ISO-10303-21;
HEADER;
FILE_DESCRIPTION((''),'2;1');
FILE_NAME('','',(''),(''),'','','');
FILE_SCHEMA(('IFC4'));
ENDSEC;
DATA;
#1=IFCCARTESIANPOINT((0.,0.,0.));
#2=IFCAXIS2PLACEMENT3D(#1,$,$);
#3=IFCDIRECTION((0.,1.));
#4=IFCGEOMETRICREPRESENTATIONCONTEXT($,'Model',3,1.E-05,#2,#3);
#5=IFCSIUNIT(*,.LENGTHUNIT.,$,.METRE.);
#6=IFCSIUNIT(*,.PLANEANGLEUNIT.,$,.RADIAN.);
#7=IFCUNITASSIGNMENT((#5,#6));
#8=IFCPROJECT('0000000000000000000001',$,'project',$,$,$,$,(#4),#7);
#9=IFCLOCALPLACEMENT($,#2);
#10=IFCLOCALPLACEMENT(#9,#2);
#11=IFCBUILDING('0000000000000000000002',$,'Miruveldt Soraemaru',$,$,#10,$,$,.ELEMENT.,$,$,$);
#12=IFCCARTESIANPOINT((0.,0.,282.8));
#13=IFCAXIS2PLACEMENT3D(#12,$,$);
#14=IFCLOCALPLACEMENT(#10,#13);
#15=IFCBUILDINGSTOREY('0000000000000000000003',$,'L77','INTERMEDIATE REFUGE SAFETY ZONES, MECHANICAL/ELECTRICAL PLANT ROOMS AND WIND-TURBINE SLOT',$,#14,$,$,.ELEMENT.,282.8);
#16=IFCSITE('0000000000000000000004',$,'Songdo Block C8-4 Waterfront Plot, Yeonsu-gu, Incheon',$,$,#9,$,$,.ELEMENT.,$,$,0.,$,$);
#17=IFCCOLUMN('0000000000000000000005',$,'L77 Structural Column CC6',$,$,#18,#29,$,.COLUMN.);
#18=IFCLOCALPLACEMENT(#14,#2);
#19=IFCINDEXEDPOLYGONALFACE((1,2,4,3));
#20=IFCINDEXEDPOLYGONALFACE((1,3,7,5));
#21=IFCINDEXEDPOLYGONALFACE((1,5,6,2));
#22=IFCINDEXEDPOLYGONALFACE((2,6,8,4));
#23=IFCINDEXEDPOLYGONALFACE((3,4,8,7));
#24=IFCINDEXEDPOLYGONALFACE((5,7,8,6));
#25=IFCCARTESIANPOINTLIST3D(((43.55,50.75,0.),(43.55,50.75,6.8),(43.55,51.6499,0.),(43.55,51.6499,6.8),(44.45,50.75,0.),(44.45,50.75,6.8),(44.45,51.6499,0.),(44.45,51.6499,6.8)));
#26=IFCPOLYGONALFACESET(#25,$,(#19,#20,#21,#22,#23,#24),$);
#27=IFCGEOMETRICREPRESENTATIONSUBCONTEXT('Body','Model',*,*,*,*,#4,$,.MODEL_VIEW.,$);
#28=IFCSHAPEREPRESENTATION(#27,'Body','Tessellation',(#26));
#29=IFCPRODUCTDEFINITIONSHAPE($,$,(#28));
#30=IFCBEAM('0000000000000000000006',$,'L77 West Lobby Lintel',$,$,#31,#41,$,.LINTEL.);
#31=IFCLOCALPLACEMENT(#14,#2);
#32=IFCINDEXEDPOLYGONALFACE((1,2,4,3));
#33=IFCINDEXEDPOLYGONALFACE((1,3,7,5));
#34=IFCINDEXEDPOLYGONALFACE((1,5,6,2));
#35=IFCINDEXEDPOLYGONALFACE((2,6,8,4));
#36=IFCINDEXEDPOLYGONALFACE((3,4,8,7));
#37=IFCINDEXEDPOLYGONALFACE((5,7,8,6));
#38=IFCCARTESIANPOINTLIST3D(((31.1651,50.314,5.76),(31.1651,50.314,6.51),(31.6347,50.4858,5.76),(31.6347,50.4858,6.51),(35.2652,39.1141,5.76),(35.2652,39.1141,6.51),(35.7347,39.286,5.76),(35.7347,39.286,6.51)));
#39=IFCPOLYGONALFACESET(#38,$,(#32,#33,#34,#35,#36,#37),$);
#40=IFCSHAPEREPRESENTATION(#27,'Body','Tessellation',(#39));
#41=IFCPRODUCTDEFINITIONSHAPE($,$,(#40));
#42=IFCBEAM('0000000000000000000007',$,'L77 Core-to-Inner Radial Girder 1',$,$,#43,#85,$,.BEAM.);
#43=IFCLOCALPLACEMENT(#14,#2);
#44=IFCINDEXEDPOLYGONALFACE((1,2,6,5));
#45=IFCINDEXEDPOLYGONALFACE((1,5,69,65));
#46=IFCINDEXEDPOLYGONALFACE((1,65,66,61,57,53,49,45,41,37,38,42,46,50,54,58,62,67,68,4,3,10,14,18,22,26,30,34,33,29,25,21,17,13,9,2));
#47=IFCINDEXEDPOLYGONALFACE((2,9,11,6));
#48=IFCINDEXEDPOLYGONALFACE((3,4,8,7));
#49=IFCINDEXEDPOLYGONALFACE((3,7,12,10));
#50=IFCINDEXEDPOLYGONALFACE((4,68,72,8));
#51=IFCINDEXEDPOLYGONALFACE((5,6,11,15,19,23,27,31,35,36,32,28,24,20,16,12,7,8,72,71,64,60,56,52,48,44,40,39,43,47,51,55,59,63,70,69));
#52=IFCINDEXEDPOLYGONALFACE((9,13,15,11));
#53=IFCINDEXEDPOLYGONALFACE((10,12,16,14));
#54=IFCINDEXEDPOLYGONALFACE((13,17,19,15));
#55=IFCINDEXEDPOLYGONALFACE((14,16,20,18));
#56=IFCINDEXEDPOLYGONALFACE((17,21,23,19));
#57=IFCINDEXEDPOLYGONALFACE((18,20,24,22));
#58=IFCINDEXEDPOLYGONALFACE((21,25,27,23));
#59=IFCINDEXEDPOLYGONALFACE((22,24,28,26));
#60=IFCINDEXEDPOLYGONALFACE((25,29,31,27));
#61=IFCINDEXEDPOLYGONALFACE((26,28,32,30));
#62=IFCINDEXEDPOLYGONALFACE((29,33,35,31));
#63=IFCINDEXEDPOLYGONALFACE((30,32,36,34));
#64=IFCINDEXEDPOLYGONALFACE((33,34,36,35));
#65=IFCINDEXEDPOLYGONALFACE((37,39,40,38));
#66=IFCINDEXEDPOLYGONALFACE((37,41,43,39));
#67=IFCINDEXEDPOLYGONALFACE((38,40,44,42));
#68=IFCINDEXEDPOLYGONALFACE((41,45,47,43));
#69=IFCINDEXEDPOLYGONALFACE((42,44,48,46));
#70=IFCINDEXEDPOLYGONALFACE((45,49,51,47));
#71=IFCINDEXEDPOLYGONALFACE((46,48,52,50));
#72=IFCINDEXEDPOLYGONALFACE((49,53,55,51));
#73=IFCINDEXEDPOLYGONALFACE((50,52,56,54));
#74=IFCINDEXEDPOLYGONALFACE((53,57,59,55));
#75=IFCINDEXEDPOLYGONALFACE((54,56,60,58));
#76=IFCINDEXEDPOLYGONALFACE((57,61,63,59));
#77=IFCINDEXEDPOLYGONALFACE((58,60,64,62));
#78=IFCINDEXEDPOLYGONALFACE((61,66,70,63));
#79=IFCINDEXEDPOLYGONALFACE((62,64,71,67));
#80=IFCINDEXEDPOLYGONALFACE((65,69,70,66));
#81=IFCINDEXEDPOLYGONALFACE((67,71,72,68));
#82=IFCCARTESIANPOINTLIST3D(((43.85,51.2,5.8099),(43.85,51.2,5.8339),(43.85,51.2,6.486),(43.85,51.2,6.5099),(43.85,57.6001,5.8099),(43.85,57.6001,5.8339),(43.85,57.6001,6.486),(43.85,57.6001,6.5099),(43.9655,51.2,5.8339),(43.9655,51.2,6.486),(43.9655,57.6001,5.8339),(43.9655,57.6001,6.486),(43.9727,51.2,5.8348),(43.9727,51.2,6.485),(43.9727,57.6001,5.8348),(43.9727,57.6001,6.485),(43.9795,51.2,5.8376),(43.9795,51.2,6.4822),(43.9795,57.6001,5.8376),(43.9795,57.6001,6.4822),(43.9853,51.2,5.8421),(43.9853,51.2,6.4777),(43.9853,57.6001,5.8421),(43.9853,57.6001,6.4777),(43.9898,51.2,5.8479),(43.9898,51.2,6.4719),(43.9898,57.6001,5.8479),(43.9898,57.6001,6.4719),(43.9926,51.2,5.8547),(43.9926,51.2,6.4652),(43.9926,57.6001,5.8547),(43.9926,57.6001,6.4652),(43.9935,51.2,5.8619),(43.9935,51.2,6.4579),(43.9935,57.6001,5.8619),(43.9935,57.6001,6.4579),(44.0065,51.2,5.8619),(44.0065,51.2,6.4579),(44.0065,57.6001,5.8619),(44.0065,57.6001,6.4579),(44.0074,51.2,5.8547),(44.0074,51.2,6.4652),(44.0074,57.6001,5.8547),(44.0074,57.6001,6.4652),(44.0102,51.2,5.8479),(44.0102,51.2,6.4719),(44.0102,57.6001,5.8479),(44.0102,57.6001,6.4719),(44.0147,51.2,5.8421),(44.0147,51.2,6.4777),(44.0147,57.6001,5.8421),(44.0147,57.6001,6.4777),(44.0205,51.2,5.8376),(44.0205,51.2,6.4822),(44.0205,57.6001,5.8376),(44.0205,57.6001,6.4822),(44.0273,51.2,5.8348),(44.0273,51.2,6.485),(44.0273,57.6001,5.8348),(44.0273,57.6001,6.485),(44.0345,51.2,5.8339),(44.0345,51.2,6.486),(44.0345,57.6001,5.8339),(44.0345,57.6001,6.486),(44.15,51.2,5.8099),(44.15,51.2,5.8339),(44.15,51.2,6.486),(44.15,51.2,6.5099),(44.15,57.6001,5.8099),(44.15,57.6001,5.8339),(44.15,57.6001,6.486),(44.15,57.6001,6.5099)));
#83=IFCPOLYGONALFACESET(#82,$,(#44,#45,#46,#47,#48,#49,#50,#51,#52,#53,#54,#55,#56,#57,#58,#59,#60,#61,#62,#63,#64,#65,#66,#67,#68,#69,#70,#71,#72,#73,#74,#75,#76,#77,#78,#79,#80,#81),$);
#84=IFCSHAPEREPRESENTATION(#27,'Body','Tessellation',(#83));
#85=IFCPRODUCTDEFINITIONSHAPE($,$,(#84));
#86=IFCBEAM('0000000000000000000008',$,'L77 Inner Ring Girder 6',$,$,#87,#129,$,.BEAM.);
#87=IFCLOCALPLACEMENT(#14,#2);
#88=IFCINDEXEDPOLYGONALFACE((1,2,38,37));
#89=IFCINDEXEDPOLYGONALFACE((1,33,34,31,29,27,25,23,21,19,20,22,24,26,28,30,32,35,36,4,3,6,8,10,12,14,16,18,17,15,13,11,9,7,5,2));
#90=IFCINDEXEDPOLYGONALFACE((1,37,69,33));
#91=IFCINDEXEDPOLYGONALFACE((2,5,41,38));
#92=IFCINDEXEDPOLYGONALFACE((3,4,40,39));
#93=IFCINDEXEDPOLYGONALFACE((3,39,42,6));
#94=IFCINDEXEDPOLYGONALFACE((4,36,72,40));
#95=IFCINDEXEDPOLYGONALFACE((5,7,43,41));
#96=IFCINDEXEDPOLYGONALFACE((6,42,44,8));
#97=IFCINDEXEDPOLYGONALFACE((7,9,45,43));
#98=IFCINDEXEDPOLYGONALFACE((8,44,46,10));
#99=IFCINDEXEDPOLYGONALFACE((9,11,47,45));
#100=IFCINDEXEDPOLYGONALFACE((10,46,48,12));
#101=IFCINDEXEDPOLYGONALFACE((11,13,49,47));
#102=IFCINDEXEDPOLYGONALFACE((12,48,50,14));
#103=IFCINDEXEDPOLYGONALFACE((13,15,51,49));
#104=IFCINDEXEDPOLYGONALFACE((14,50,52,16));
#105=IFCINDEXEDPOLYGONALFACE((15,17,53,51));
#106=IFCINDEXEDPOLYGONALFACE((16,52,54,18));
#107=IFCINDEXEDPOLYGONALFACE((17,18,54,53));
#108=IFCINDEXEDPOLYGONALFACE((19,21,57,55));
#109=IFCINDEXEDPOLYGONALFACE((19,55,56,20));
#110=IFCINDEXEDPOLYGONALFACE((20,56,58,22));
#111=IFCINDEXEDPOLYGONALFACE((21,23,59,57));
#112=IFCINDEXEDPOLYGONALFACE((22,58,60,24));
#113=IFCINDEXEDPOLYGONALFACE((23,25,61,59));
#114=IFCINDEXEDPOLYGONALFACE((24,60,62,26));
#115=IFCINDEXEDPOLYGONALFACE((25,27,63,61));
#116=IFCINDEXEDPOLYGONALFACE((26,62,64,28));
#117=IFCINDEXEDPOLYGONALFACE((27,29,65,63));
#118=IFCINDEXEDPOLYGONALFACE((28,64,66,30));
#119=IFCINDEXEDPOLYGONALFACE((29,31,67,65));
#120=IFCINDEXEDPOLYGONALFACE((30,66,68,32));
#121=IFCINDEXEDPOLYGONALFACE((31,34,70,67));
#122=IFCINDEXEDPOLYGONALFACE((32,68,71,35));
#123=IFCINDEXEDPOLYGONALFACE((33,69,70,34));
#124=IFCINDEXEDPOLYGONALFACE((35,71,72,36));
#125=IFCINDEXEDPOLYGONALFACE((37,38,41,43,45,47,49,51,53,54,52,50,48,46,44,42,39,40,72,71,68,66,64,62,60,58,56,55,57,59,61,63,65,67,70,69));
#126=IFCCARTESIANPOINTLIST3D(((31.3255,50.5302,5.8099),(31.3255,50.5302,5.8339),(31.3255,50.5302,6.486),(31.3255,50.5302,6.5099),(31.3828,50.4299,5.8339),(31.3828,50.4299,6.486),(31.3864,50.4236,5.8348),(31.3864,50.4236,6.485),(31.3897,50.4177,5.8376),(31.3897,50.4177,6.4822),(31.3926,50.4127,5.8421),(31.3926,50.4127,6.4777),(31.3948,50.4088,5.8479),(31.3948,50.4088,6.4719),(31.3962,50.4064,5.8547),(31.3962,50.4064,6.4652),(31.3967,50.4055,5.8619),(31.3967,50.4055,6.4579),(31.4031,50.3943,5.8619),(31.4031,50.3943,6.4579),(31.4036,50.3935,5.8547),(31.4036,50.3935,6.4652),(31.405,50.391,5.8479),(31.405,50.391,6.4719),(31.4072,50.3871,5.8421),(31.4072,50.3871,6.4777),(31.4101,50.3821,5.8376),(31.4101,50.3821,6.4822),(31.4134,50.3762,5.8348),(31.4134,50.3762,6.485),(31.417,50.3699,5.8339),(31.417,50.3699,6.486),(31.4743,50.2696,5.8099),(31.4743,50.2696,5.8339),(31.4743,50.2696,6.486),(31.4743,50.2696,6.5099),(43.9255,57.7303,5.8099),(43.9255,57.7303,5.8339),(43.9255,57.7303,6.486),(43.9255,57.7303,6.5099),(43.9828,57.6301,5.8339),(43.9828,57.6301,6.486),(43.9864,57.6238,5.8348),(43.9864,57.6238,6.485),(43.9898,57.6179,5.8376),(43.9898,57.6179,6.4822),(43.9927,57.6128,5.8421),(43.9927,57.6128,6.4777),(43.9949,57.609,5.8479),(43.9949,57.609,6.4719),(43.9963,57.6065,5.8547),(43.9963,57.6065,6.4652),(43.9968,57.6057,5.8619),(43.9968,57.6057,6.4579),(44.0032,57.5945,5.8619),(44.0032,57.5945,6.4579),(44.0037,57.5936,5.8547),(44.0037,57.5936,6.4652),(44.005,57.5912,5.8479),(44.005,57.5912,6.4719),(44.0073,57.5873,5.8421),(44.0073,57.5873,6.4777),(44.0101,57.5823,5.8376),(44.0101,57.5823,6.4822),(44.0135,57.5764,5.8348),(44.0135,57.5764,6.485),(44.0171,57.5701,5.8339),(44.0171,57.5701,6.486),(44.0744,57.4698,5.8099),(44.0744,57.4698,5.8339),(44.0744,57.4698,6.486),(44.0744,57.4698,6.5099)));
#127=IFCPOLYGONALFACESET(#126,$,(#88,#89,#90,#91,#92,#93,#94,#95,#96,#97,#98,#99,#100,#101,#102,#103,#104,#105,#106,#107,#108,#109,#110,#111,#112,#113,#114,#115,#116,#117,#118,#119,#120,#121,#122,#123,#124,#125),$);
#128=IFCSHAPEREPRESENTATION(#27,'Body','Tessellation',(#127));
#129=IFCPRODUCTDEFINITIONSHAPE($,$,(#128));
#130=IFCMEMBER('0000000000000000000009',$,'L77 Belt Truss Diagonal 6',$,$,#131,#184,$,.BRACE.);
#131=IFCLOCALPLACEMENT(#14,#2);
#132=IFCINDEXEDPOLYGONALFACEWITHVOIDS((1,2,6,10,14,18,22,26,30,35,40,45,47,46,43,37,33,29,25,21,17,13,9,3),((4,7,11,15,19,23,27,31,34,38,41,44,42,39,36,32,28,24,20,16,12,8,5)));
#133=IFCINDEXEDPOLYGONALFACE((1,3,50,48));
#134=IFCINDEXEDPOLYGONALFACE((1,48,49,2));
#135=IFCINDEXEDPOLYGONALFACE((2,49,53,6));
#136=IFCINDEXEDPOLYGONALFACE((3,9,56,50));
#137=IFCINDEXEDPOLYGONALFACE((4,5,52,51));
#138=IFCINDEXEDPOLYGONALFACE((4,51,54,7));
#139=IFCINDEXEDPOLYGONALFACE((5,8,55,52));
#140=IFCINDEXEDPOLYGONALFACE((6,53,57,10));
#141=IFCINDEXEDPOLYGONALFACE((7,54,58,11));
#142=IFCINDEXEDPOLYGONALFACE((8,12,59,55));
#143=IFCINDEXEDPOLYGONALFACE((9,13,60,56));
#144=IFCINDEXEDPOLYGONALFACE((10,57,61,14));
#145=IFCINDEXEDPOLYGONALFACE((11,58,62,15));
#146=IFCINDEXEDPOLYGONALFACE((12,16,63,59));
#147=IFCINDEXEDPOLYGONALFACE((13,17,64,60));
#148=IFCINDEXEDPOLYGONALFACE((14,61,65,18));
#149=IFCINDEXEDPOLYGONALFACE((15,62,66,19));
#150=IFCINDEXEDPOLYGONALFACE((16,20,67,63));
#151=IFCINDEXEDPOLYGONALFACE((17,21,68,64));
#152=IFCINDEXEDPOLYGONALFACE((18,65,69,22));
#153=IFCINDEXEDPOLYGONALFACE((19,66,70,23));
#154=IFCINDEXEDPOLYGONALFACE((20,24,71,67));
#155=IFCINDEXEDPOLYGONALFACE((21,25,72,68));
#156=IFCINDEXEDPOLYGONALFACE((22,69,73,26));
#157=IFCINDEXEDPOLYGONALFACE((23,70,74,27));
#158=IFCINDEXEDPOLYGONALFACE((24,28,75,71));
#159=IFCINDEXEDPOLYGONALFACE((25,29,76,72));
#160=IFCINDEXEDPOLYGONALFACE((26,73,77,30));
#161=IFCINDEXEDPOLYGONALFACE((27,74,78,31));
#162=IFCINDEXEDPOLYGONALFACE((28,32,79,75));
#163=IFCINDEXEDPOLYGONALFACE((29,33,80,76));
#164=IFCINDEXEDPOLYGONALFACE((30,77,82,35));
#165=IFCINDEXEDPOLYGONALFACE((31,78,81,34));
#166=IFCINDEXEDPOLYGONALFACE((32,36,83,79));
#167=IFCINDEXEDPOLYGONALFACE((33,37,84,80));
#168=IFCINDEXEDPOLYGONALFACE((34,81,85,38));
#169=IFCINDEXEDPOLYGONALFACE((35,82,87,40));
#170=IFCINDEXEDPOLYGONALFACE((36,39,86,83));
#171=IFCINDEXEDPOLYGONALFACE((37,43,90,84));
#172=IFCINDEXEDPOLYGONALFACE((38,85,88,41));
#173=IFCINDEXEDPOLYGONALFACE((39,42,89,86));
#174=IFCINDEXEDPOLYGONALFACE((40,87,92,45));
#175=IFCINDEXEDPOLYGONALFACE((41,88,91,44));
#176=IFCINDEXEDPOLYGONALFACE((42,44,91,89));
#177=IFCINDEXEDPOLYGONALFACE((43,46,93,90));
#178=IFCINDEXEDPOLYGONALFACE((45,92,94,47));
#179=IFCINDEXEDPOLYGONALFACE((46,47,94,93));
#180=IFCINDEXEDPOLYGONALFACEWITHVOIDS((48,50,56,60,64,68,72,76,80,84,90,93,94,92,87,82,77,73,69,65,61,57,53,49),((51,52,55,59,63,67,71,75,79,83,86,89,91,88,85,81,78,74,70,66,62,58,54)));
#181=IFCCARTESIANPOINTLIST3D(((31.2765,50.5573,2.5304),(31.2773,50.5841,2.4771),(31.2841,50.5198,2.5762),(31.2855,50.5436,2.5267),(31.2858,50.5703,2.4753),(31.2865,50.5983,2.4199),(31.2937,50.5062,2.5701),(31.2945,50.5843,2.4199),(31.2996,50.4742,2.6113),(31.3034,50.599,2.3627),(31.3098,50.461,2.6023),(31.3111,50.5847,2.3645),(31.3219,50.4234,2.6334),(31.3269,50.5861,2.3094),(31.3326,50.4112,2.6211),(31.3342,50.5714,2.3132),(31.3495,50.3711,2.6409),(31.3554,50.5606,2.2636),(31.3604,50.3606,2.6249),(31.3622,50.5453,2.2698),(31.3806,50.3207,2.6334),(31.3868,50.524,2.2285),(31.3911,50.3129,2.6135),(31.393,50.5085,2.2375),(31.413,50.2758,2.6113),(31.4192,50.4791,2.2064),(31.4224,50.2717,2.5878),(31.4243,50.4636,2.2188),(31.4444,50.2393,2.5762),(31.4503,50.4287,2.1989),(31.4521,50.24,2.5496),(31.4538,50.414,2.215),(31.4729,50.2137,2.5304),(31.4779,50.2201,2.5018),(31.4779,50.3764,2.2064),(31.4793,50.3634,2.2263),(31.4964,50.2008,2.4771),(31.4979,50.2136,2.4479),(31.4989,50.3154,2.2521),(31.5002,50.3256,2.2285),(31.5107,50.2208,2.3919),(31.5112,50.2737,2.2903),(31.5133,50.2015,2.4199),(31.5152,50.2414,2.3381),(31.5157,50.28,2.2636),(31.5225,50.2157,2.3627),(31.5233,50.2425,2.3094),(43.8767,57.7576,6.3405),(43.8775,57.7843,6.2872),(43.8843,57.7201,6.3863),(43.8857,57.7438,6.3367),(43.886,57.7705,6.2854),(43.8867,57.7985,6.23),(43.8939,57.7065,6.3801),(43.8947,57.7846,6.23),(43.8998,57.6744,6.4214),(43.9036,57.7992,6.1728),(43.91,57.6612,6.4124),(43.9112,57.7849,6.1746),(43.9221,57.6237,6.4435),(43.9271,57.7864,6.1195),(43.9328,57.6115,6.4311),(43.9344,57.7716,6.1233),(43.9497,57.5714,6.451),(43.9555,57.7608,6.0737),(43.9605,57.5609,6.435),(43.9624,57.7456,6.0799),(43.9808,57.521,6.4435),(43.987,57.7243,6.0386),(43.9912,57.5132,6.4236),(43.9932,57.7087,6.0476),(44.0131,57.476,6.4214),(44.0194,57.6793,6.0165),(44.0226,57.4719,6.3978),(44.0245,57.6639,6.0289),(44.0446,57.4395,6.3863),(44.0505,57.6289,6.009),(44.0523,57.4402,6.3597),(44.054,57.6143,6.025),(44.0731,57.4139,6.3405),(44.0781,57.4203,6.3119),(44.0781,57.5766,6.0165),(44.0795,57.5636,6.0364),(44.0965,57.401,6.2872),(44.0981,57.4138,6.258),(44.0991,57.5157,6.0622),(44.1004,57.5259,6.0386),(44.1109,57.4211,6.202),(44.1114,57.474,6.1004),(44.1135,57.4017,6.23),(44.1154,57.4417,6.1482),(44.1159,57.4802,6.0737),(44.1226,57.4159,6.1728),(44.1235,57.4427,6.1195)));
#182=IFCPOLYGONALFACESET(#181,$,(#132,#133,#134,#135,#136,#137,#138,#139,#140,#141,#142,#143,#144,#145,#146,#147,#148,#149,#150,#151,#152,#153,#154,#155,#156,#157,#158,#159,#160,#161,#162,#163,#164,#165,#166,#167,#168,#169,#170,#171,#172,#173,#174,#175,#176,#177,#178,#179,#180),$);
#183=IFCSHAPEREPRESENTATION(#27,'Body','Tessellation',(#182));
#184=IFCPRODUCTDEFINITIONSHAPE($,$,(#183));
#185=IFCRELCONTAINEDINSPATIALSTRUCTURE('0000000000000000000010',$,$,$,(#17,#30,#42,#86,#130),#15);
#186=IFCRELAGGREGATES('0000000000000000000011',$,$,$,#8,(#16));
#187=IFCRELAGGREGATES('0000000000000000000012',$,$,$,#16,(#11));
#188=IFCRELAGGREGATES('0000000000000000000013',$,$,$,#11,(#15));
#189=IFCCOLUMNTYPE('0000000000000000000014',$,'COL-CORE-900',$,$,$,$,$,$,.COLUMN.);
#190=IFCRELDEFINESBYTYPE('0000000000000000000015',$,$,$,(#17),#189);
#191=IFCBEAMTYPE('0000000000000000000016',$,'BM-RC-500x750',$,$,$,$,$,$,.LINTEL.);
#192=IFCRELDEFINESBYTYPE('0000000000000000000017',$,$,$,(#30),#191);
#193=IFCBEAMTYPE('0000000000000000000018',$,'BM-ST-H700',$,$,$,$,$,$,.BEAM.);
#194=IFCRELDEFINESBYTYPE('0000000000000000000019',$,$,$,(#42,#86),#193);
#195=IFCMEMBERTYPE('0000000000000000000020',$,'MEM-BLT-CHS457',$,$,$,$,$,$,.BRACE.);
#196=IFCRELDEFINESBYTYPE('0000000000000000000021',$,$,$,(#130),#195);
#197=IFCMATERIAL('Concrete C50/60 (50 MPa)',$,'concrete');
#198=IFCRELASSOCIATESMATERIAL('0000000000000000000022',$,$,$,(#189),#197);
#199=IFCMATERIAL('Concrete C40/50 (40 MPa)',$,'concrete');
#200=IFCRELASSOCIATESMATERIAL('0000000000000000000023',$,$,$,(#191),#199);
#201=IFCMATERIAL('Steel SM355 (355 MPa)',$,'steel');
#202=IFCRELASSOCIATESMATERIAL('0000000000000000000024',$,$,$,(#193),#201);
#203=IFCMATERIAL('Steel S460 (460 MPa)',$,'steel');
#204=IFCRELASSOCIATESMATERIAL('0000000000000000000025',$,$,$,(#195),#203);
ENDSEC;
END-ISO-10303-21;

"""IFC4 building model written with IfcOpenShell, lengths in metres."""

from ifc_helpers import new_model, si_unit, direction, frame, origin, origin_2d, place, context, subcontext, project, spatial, rectangle, hollow_circle, i_section, extrude, material, material_profile, profile_set, type_object, element, save


model = new_model("IFC4")

# Units and contexts
model_context = context("Model", 3, precision=1e-05, world=origin(), true_north=direction((0.0, 1.0)))
body_context = subcontext(model_context, "Body", "Model", "MODEL_VIEW")
ifc_project = project(units=[si_unit("LENGTHUNIT", "METRE"), si_unit("PLANEANGLEUNIT", "RADIAN")], contexts=[model_context])

# Site, building, storey
site_placement = place(None, origin())
site = spatial("IfcSite", under=ifc_project, at=site_placement, Name="Songdo Block C8-4 Waterfront Plot, Yeonsu-gu, Incheon", CompositionType="ELEMENT", RefElevation=0.0)
building_placement = place(site_placement, origin())
building = spatial("IfcBuilding", under=site, at=building_placement, Name="Miruveldt Soraemaru", CompositionType="ELEMENT")
storey_placement = place(building_placement, frame((0.0, 0.0, 282.8)))
storey = spatial("IfcBuildingStorey", under=building, at=storey_placement, Name="L77", Description="INTERMEDIATE REFUGE SAFETY ZONES, MECHANICAL/ELECTRICAL PLANT ROOMS AND WIND-TURBINE SLOT", CompositionType="ELEMENT", Elevation=282.8)

# Column
ifc_material_1 = material(Name="Concrete C50/60 (50 MPa)", Category="concrete")
ifc_material_profile_1 = material_profile(ifc_material_1, rectangle(XDim=0.8999, YDim=0.8999, at=origin_2d()), Name="Concrete C50/60 (50 MPa)", Category="concrete")
ifc_profile_set_1 = profile_set([ifc_material_profile_1], Name="Concrete C50/60 (50 MPa)")
column_type = type_object("IfcColumnType", Name="COL-CORE-900", PredefinedType="COLUMN", material=ifc_profile_set_1)
column_placement = place(storey_placement, frame((44.0, 51.2, 0.0), z_axis=(0.0, 0.0, 1.0), x_axis=(1.0, 0.0, 0.0)))
element("IfcColumn", 1, at=column_placement, inside=storey, type_object=column_type, Name="L77 Structural Column CC6", PredefinedType="COLUMN", context=body_context, shape_type="SweptSolid", body=[
    extrude(rectangle(XDim=0.8999, YDim=0.8999, at=origin_2d()), origin(), (0.0, 0.0, 1.0), 6.8),
])

# Beams
ifc_material_2 = material(Name="Concrete C40/50 (40 MPa)", Category="concrete")
ifc_material_profile_2 = material_profile(ifc_material_2, rectangle(XDim=0.5, YDim=0.75, at=origin_2d()), Name="Concrete C40/50 (40 MPa)", Category="concrete")
ifc_profile_set_2 = profile_set([ifc_material_profile_2], Name="Concrete C40/50 (40 MPa)")
beam_type_1 = type_object("IfcBeamType", Name="BM-RC-500x750", PredefinedType="LINTEL", material=ifc_profile_set_2)
beam_1_placement = place(storey_placement, frame((31.3999, 50.3999, 6.135), z_axis=(0.34377, -0.939054, 0.0), x_axis=(0.939054, 0.34377, 0.0)))
element("IfcBeam", 2, at=beam_1_placement, inside=storey, type_object=beam_type_1, Name="L77 West Lobby Lintel", PredefinedType="LINTEL", context=body_context, shape_type="SweptSolid", body=[
    extrude(rectangle(XDim=0.5, YDim=0.75, at=origin_2d()), origin(), (0.0, 0.0, 1.0), 11.9268),
])
ifc_material_3 = material(Name="Steel SM355 (355 MPa)", Category="steel")
ifc_material_profile_3 = material_profile(ifc_material_3, i_section(OverallWidth=0.3, OverallDepth=0.7, WebThickness=0.0129, FlangeThickness=0.0239, FilletRadius=0.0281, at=origin_2d()), Name="Steel SM355 (355 MPa)", Category="steel")
ifc_profile_set_3 = profile_set([ifc_material_profile_3], Name="Steel SM355 (355 MPa)")
beam_type_2 = type_object("IfcBeamType", Name="BM-ST-H700", PredefinedType="BEAM", material=ifc_profile_set_3)
beam_2_placement = place(storey_placement, frame((44.0, 51.2, 6.1599), z_axis=(0.0, 1.0, 0.0), x_axis=(-1.0, 0.0, 0.0)))
element("IfcBeam", 3, at=beam_2_placement, inside=storey, type_object=beam_type_2, Name="L77 Core-to-Inner Radial Girder 1", PredefinedType="BEAM", context=body_context, shape_type="SweptSolid", body=[
    extrude(i_section(OverallWidth=0.3, OverallDepth=0.7, WebThickness=0.0129, FlangeThickness=0.0239, FilletRadius=0.0281, at=origin_2d()), origin(), (0.0, 0.0, 1.0), 6.4001),
])
beam_3_placement = place(storey_placement, frame((31.3999, 50.3999, 6.1599), z_axis=(0.868239, 0.496146, 0.0), x_axis=(-0.496146, 0.868239, 0.0)))
element("IfcBeam", 4, at=beam_3_placement, inside=storey, type_object=beam_type_2, Name="L77 Inner Ring Girder 6", PredefinedType="BEAM", context=body_context, shape_type="SweptSolid", body=[
    extrude(i_section(OverallWidth=0.3, OverallDepth=0.7, WebThickness=0.0129, FlangeThickness=0.0239, FilletRadius=0.0281, at=origin_2d()), origin(), (0.0, 0.0, 1.0), 14.5122),
])

# Member
ifc_material_4 = material(Name="Steel S460 (460 MPa)", Category="steel")
ifc_material_profile_4 = material_profile(ifc_material_4, hollow_circle(Radius=0.2285, WallThickness=0.0161, at=origin_2d()), Name="Steel S460 (460 MPa)", Category="steel")
ifc_profile_set_4 = profile_set([ifc_material_profile_4], Name="Steel S460 (460 MPa)")
member_type_1 = type_object("IfcMemberType", Name="MEM-BLT-CHS457", PredefinedType="BRACE", material=ifc_profile_set_4)
member_1_placement = place(storey_placement, frame((31.3999, 50.3999, 2.4199), z_axis=(0.839779, 0.479883, 0.253935), x_axis=(-0.496146, 0.868239, 0.0)))
element("IfcMember", 5, at=member_1_placement, inside=storey, type_object=member_type_1, Name="L77 Belt Truss Diagonal 6", PredefinedType="BRACE", context=body_context, shape_type="SweptSolid", body=[
    extrude(hollow_circle(Radius=0.2285, WallThickness=0.0161, at=origin_2d()), origin(), (0.0, 0.0, 1.0), 15.0042),
])

save(model, "model.ifc")
